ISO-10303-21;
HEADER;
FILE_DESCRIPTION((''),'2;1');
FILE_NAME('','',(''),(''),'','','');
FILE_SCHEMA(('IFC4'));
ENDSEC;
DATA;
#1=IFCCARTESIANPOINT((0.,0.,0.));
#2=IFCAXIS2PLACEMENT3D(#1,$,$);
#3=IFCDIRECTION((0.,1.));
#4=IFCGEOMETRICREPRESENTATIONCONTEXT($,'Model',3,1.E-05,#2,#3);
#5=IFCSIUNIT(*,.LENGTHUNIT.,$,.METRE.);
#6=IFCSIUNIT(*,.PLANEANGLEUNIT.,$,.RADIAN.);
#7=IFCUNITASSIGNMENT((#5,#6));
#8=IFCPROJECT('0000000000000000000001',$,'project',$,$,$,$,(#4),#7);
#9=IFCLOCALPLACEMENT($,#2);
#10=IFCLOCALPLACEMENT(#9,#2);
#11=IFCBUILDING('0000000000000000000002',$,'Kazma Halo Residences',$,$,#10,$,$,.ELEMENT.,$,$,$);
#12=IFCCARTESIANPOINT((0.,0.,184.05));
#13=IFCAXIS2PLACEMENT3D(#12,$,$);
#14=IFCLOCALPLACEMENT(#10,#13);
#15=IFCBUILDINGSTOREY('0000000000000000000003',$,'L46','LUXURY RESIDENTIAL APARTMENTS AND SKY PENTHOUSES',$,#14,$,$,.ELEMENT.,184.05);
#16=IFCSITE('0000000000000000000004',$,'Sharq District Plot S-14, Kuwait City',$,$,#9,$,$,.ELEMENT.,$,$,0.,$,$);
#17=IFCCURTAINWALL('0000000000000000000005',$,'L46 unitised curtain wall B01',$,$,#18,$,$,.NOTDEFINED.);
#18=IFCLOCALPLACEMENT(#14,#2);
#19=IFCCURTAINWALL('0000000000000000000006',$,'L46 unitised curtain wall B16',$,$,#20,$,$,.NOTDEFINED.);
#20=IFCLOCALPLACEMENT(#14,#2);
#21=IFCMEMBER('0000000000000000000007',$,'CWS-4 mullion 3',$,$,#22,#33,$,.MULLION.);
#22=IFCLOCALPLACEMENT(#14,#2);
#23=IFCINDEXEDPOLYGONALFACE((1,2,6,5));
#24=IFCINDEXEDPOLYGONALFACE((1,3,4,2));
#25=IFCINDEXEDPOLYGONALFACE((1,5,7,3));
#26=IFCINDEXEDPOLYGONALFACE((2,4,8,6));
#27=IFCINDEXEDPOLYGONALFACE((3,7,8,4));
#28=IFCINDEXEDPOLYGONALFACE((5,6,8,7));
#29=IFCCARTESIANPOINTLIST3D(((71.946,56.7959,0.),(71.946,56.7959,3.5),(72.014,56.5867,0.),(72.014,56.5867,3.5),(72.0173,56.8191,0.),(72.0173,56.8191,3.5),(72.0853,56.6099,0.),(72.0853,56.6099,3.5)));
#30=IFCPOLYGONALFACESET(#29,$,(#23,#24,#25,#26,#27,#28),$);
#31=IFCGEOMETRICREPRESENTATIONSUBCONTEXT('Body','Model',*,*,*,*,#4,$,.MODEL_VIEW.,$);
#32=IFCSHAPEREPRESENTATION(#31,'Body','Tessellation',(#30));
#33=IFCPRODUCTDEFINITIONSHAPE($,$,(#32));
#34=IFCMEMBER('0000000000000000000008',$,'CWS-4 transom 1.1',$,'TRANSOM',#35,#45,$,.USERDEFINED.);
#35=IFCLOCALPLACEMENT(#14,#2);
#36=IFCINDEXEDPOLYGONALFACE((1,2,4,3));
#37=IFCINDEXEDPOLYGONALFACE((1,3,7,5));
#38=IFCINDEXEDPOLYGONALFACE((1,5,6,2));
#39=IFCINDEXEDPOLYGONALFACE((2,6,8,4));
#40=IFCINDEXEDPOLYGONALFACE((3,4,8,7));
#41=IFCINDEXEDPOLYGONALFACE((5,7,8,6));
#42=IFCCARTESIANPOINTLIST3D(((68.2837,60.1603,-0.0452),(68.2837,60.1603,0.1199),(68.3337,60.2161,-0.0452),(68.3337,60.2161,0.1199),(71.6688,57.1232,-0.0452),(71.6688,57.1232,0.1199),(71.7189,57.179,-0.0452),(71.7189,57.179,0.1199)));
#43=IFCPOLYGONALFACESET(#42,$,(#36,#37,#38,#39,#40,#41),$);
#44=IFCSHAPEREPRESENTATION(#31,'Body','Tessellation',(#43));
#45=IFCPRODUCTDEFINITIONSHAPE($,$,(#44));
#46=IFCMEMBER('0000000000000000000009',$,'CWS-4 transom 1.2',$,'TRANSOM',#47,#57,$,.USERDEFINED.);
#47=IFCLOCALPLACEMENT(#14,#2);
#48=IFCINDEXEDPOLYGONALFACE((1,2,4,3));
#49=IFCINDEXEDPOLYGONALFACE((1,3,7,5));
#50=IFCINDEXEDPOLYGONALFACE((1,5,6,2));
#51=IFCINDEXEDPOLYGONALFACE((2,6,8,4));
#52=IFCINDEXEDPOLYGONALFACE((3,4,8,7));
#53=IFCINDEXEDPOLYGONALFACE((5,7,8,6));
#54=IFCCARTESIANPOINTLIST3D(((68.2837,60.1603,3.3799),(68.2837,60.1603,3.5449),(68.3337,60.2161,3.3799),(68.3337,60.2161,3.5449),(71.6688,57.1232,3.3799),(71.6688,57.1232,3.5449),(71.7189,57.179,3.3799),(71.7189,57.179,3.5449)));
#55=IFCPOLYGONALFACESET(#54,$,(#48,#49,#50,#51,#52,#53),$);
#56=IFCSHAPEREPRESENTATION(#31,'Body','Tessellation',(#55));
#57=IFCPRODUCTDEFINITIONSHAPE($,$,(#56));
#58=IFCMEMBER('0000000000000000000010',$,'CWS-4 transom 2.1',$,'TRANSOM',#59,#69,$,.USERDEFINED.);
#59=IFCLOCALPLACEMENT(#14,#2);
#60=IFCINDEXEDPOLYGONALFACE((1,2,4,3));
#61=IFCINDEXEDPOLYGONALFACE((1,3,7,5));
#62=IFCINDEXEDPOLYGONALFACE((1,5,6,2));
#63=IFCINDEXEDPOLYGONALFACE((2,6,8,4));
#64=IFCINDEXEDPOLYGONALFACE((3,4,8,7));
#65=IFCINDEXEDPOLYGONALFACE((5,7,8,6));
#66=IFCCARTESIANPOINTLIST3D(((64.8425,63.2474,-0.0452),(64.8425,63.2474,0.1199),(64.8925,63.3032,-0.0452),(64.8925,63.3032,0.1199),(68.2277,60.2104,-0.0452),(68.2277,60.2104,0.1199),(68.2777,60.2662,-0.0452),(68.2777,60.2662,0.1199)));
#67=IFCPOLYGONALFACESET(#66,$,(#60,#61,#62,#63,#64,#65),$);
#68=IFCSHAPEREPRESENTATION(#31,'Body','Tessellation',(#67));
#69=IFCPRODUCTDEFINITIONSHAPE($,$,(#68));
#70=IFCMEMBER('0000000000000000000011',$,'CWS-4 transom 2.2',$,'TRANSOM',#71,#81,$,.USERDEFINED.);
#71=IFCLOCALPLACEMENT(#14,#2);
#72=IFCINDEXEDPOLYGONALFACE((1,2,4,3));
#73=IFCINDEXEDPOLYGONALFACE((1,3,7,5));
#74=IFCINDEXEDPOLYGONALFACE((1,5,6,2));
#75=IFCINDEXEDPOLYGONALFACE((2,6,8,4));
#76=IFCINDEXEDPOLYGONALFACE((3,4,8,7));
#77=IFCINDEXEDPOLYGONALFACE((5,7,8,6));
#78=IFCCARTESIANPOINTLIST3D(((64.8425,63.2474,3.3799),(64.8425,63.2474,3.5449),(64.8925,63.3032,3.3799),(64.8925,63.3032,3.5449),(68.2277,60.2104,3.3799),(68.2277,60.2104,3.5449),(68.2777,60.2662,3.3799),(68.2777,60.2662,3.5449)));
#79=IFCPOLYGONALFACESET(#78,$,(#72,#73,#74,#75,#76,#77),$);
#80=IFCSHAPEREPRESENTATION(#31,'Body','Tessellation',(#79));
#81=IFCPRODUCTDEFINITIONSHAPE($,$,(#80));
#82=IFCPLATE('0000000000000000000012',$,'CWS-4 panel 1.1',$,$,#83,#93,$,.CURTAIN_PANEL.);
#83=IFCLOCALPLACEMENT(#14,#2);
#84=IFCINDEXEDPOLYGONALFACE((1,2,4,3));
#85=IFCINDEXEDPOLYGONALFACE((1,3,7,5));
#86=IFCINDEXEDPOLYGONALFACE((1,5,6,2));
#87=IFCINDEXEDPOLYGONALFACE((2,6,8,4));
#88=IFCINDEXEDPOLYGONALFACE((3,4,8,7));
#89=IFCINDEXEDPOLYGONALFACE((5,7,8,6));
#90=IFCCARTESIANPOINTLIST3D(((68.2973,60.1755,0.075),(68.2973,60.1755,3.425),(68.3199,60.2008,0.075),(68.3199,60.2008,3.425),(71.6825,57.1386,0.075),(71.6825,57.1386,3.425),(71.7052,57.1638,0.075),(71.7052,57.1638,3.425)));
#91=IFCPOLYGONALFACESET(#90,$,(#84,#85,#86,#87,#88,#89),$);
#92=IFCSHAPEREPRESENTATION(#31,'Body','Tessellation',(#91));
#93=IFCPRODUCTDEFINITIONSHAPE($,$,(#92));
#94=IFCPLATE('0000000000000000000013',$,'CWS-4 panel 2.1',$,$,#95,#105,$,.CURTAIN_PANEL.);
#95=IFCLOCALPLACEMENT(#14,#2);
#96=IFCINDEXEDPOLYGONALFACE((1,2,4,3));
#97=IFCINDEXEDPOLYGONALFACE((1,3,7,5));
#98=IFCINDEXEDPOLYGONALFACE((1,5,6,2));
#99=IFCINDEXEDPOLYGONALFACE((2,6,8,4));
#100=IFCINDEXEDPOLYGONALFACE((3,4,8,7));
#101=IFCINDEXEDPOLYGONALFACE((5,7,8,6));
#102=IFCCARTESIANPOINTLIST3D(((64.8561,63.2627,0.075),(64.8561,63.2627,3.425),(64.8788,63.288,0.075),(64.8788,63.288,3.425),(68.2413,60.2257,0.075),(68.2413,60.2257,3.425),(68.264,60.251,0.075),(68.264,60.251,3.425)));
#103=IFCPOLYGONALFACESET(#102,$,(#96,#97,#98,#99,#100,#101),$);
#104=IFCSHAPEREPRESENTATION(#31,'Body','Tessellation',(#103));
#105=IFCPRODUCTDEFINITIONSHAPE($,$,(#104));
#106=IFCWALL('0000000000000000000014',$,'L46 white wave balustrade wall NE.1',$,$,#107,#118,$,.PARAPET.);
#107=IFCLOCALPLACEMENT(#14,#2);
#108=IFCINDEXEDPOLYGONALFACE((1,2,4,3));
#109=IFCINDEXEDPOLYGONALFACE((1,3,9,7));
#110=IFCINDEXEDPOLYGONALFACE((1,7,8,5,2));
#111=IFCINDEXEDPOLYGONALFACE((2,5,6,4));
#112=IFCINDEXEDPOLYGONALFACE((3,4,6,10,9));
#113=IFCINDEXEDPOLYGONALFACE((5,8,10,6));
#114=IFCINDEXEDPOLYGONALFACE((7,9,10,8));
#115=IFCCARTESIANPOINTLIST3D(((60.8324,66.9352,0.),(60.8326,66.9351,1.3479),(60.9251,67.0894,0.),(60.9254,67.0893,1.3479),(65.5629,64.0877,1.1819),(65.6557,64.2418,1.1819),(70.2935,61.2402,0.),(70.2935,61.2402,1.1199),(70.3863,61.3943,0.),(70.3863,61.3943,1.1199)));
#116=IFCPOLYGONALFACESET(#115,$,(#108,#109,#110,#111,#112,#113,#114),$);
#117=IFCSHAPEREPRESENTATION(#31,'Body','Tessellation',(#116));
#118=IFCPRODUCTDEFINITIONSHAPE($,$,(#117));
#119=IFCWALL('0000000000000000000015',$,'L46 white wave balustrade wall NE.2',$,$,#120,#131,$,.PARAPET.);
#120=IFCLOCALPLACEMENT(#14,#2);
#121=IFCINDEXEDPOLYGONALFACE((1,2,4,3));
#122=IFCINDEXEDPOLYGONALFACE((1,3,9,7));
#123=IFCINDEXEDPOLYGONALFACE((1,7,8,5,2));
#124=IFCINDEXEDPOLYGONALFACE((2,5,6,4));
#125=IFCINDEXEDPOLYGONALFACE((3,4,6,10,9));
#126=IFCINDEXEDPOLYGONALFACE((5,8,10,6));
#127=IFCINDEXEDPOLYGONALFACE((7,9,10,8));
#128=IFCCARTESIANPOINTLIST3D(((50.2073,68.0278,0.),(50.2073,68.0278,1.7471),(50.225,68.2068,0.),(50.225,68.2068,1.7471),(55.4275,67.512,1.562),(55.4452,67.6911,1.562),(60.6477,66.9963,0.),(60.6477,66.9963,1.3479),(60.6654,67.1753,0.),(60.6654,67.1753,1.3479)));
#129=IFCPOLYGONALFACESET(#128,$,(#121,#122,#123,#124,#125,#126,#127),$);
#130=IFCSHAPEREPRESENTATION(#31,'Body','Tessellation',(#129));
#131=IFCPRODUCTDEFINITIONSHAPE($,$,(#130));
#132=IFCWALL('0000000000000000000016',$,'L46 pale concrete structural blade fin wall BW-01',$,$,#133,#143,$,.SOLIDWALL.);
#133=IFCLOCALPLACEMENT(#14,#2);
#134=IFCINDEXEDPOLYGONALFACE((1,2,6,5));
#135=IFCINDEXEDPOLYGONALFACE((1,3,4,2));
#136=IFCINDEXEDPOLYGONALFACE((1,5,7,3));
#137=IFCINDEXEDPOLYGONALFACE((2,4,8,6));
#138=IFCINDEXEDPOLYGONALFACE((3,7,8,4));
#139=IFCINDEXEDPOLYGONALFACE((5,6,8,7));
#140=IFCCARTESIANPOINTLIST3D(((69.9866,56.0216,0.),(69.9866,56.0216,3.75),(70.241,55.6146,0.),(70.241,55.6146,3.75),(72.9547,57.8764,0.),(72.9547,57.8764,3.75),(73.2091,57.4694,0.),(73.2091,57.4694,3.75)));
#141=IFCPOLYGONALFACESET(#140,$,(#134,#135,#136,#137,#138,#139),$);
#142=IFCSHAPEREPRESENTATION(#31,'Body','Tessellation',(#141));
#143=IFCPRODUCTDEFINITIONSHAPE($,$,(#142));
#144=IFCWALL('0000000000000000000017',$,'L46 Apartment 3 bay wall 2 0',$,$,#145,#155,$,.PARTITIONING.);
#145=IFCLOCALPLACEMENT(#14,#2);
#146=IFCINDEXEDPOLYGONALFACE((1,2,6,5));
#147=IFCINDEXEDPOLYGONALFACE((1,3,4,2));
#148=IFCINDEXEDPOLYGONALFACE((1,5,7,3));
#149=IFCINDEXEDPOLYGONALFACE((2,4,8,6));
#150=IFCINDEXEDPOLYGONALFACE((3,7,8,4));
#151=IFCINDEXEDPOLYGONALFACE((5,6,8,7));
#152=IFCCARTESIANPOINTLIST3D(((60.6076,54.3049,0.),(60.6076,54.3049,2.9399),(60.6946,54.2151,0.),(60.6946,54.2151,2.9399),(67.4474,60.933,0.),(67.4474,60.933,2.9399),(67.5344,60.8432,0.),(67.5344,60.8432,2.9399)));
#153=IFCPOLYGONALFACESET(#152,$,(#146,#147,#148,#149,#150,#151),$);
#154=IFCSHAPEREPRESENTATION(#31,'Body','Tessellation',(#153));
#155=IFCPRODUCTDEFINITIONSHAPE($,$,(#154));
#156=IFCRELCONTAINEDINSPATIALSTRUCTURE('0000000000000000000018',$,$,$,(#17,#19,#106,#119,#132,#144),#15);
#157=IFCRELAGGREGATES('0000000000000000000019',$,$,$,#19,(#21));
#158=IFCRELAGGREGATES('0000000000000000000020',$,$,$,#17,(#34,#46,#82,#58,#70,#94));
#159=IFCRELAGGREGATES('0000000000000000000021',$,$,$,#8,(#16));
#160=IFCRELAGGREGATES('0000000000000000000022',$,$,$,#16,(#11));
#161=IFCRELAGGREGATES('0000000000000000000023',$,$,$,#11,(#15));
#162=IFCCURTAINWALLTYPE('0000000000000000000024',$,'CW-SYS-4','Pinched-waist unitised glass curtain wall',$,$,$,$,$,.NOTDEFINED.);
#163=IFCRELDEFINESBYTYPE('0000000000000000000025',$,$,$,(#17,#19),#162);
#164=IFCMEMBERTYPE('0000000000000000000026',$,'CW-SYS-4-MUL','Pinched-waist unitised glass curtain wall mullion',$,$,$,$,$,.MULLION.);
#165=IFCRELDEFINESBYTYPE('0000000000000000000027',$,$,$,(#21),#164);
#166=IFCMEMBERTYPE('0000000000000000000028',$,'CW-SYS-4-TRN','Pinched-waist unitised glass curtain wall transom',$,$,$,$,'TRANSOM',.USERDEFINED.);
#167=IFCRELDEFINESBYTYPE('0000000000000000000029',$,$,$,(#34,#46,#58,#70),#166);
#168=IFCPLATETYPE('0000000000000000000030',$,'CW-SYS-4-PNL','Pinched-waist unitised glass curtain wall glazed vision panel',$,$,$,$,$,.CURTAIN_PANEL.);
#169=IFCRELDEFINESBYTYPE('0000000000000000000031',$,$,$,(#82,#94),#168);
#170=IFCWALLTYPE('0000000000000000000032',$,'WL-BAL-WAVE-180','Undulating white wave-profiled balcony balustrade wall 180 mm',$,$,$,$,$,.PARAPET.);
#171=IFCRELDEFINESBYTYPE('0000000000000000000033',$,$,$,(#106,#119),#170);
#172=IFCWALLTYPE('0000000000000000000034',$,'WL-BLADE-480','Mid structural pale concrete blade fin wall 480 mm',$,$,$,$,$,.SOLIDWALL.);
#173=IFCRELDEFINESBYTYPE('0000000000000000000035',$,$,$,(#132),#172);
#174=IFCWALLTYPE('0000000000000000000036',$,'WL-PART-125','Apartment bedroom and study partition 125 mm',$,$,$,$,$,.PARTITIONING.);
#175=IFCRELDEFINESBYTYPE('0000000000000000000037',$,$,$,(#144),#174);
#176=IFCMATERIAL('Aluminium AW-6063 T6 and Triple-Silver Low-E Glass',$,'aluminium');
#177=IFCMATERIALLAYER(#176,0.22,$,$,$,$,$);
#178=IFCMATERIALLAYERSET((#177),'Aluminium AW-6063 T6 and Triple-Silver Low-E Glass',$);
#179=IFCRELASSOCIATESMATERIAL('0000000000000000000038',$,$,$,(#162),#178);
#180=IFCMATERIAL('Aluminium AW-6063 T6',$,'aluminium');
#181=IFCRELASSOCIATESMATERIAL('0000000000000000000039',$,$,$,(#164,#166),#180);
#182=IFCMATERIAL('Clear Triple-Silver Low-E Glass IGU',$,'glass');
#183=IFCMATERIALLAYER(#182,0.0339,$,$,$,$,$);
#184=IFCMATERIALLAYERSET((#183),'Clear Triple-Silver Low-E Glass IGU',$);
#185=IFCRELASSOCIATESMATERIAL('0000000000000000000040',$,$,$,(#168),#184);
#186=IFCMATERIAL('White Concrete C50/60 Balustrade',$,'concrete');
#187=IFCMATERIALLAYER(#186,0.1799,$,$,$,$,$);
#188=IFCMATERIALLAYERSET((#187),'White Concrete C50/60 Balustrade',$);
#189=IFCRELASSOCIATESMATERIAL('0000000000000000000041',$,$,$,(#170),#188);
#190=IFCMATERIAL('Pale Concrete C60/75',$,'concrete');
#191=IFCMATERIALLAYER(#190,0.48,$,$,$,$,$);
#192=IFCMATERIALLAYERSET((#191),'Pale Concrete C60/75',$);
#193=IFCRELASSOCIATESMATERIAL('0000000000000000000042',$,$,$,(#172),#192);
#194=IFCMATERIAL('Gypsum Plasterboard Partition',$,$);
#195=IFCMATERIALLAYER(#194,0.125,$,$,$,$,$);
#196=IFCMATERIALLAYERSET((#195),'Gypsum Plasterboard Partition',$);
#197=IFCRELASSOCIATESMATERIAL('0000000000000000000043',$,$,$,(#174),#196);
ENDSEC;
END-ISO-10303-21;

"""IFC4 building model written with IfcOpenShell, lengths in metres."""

from ifc_helpers import new_model, si_unit, direction, frame, frame_2d, origin, origin_2d, place, context, subcontext, project, spatial, polyline, rectangle, outline, extrude, material, layer, layer_set, material_profile, profile_set, type_object, element, aggregate, save


model = new_model("IFC4")

# Units and contexts
model_context = context("Model", 3, precision=1e-05, world=origin(), true_north=direction((0.0, 1.0)))
body_context = subcontext(model_context, "Body", "Model", "MODEL_VIEW")
ifc_project = project(units=[si_unit("LENGTHUNIT", "METRE"), si_unit("PLANEANGLEUNIT", "RADIAN")], contexts=[model_context])

# Site, building, storey
site_placement = place(None, origin())
site = spatial("IfcSite", under=ifc_project, at=site_placement, Name="Sharq District Plot S-14, Kuwait City", CompositionType="ELEMENT", RefElevation=0.0)
building_placement = place(site_placement, origin())
building = spatial("IfcBuilding", under=site, at=building_placement, Name="Kazma Halo Residences", CompositionType="ELEMENT")
storey_placement = place(building_placement, frame((0.0, 0.0, 184.05)))
storey = spatial("IfcBuildingStorey", under=building, at=storey_placement, Name="L46", Description="LUXURY RESIDENTIAL APARTMENTS AND SKY PENTHOUSES", CompositionType="ELEMENT", Elevation=184.05)

# Curtain wall
ifc_material_1 = material(Name="Aluminium AW-6063 T6 and Triple-Silver Low-E Glass", Category="aluminium")
ifc_layer_1 = layer(ifc_material_1, 0.22)
ifc_layer_set_1 = layer_set([ifc_layer_1], Name="Aluminium AW-6063 T6 and Triple-Silver Low-E Glass")
curtain_wall_type = type_object("IfcCurtainWallType", Name="CW-SYS-4", Description="Pinched-waist unitised glass curtain wall", PredefinedType="NOTDEFINED", material=ifc_layer_set_1)
curtain_wall_1_placement = place(storey_placement, origin())
curtain_wall_1 = element("IfcCurtainWall", 1, at=curtain_wall_1_placement, inside=storey, type_object=curtain_wall_type, Name="L46 unitised curtain wall B01", PredefinedType="NOTDEFINED")
ifc_material_2 = material(Name="Aluminium AW-6063 T6", Category="aluminium")
ifc_material_profile_1 = material_profile(ifc_material_2, rectangle(XDim=0.075, YDim=0.22, at=origin_2d()), Name="CWM-75x220")
ifc_profile_set_1 = profile_set([ifc_material_profile_1], Name="Aluminium AW-6063 T6")
member_type_1 = type_object("IfcMemberType", Name="CW-SYS-4-MUL", Description="Pinched-waist unitised glass curtain wall mullion", PredefinedType="MULLION", material=ifc_profile_set_1)

# Curtain wall, member
curtain_wall_2_placement = place(storey_placement, origin())
curtain_wall_2 = element("IfcCurtainWall", 2, at=curtain_wall_2_placement, inside=storey, type_object=curtain_wall_type, Name="L46 unitised curtain wall B16", PredefinedType="NOTDEFINED")
member_1_placement = place(storey_placement, frame((72.0156, 56.7029, 0.0), z_axis=(0.0, 0.0, 1.0), x_axis=(-0.951057, -0.309016, 0.0)))
member_1 = element("IfcMember", 3, at=member_1_placement, type_object=member_type_1, Name="CWS-4 mullion 3", PredefinedType="MULLION", context=body_context, shape_type="SweptSolid", body=[
    extrude(rectangle(XDim=0.075, YDim=0.22, at=origin_2d()), origin(), (0.0, 0.0, 1.0), 3.5),
])
aggregate(curtain_wall_2, [member_1])

# Members
ifc_material_profile_2 = material_profile(ifc_material_2, rectangle(XDim=0.075, YDim=0.165, at=origin_2d()), Name="CWT-75x165")
ifc_profile_set_2 = profile_set([ifc_material_profile_2], Name="Aluminium AW-6063 T6")
member_type_2 = type_object("IfcMemberType", Name="CW-SYS-4-TRN", Description="Pinched-waist unitised glass curtain wall transom", ElementType="TRANSOM", PredefinedType="USERDEFINED", material=ifc_profile_set_2)
member_2_placement = place(storey_placement, frame((71.6938, 57.1511, 0.0374), z_axis=(-0.744345, 0.667795, 0.0), x_axis=(-0.667795, -0.744345, 0.0)))
member_2 = element("IfcMember", 4, at=member_2_placement, type_object=member_type_2, Name="CWS-4 transom 1.1", ObjectType="TRANSOM", PredefinedType="USERDEFINED", context=body_context, shape_type="SweptSolid", body=[
    extrude(rectangle(XDim=0.075, YDim=0.165, at=origin_2d()), origin(), (0.0, 0.0, 1.0), 4.5479),
])
member_3_placement = place(storey_placement, frame((71.6938, 57.1511, 3.4624), z_axis=(-0.744345, 0.667795, 0.0), x_axis=(-0.667795, -0.744345, 0.0)))
member_3 = element("IfcMember", 5, at=member_3_placement, type_object=member_type_2, Name="CWS-4 transom 1.2", ObjectType="TRANSOM", PredefinedType="USERDEFINED", context=body_context, shape_type="SweptSolid", body=[
    extrude(rectangle(XDim=0.075, YDim=0.165, at=origin_2d()), origin(), (0.0, 0.0, 1.0), 4.5479),
])
member_4_placement = place(storey_placement, frame((68.2527, 60.2383, 0.0374), z_axis=(-0.744345, 0.667795, 0.0), x_axis=(-0.667795, -0.744345, 0.0)))
member_4 = element("IfcMember", 6, at=member_4_placement, type_object=member_type_2, Name="CWS-4 transom 2.1", ObjectType="TRANSOM", PredefinedType="USERDEFINED", context=body_context, shape_type="SweptSolid", body=[
    extrude(rectangle(XDim=0.075, YDim=0.165, at=origin_2d()), origin(), (0.0, 0.0, 1.0), 4.5479),
])
member_5_placement = place(storey_placement, frame((68.2527, 60.2383, 3.4624), z_axis=(-0.744345, 0.667795, 0.0), x_axis=(-0.667795, -0.744345, 0.0)))
member_5 = element("IfcMember", 7, at=member_5_placement, type_object=member_type_2, Name="CWS-4 transom 2.2", ObjectType="TRANSOM", PredefinedType="USERDEFINED", context=body_context, shape_type="SweptSolid", body=[
    extrude(rectangle(XDim=0.075, YDim=0.165, at=origin_2d()), origin(), (0.0, 0.0, 1.0), 4.5479),
])

# Plates
ifc_material_3 = material(Name="Clear Triple-Silver Low-E Glass IGU", Category="glass")
ifc_layer_2 = layer(ifc_material_3, 0.0339)
ifc_layer_set_2 = layer_set([ifc_layer_2], Name="Clear Triple-Silver Low-E Glass IGU")
plate_type = type_object("IfcPlateType", Name="CW-SYS-4-PNL", Description="Pinched-waist unitised glass curtain wall glazed vision panel", PredefinedType="CURTAIN_PANEL", material=ifc_layer_set_2)
plate_1_placement = place(storey_placement, frame((70.0012, 58.6697, 0.075), z_axis=(0.0, 0.0, 1.0), x_axis=(-0.744355, 0.667784, 0.0)))
plate_1 = element("IfcPlate", 8, at=plate_1_placement, type_object=plate_type, Name="CWS-4 panel 1.1", PredefinedType="CURTAIN_PANEL", context=body_context, shape_type="SweptSolid", body=[
    extrude(rectangle(XDim=4.5479, YDim=0.0339, at=origin_2d()), origin(), (0.0, 0.0, 1.0), 3.3501),
])
plate_2_placement = place(storey_placement, frame((66.5601, 61.7568, 0.075), z_axis=(0.0, 0.0, 1.0), x_axis=(-0.744355, 0.667784, 0.0)))
plate_2 = element("IfcPlate", 9, at=plate_2_placement, type_object=plate_type, Name="CWS-4 panel 2.1", PredefinedType="CURTAIN_PANEL", context=body_context, shape_type="SweptSolid", body=[
    extrude(rectangle(XDim=4.5479, YDim=0.0339, at=origin_2d()), origin(), (0.0, 0.0, 1.0), 3.3501),
])
aggregate(curtain_wall_1, [member_2, member_3, plate_1, member_4, member_5, plate_2])

# Walls
ifc_material_4 = material(Name="White Concrete C50/60 Balustrade", Category="concrete")
ifc_layer_3 = layer(ifc_material_4, 0.1799)
ifc_layer_set_3 = layer_set([ifc_layer_3], Name="White Concrete C50/60 Balustrade")
wall_type_1 = type_object("IfcWallType", Name="WL-BAL-WAVE-180", Description="Undulating white wave-profiled balcony balustrade wall 180 mm", PredefinedType="PARAPET", material=ifc_layer_set_3)
wall_1_placement = place(storey_placement, frame((70.3398, 61.3171, 0.0), z_axis=(0.0, 0.0, 1.0), x_axis=(-0.856759, 0.515718, 0.0)))
element("IfcWall", 10, at=wall_1_placement, inside=storey, type_object=wall_type_1, Name="L46 white wave balustrade wall NE.1", PredefinedType="PARAPET", context=body_context, shape_type="SweptSolid", body=[
    extrude(outline(polyline([(0.0, 0.0), (11.043, 0.0), (11.0427, 1.3479), (5.5215, 1.1819), (0.0, 1.1199), (0.0, 0.0)])), frame((0.0, 0.0898, 0.0), z_axis=(0.0, -1.0, 0.0), x_axis=(1.0, 0.0, 0.0)), (0.0, 0.0, 1.0), 0.1799),
])
wall_2_placement = place(storey_placement, frame((60.6565, 67.0857, 0.0), z_axis=(0.0, 0.0, 1.0), x_axis=(-0.995155, 0.098319, 0.0)))
element("IfcWall", 11, at=wall_2_placement, inside=storey, type_object=wall_type_1, Name="L46 white wave balustrade wall NE.2", PredefinedType="PARAPET", context=body_context, shape_type="SweptSolid", body=[
    extrude(outline(polyline([(0.0, 0.0), (10.4912, 0.0), (10.4912, 1.7471), (5.2456, 1.562), (0.0, 1.3479), (0.0, 0.0)])), frame((0.0, 0.0898, 0.0), z_axis=(0.0, -1.0, 0.0), x_axis=(1.0, 0.0, 0.0)), (0.0, 0.0, 1.0), 0.1799),
])
ifc_material_5 = material(Name="Pale Concrete C60/75", Category="concrete")
ifc_layer_4 = layer(ifc_material_5, 0.48)
ifc_layer_set_4 = layer_set([ifc_layer_4], Name="Pale Concrete C60/75")
wall_type_2 = type_object("IfcWallType", Name="WL-BLADE-480", Description="Mid structural pale concrete blade fin wall 480 mm", PredefinedType="SOLIDWALL", material=ifc_layer_set_4)
wall_3_placement = place(storey_placement, frame((70.1138, 55.8181, 0.0), z_axis=(0.0, 0.0, 1.0), x_axis=(0.848034, 0.529943, 0.0)))
element("IfcWall", 12, at=wall_3_placement, inside=storey, type_object=wall_type_2, Name="L46 pale concrete structural blade fin wall BW-01", PredefinedType="SOLIDWALL", context=body_context, shape_type="SweptSolid", body=[
    extrude(rectangle(XDim=3.5, YDim=0.48, at=frame_2d((1.75, 0.0))), origin(), (0.0, 0.0, 1.0), 3.75),
])

# Wall
ifc_material_6 = material(Name="Gypsum Plasterboard Partition")
ifc_layer_5 = layer(ifc_material_6, 0.125)
ifc_layer_set_5 = layer_set([ifc_layer_5], Name="Gypsum Plasterboard Partition")
wall_type_3 = type_object("IfcWallType", Name="WL-PART-125", Description="Apartment bedroom and study partition 125 mm", PredefinedType="PARTITIONING", material=ifc_layer_set_5)
wall_4_placement = place(storey_placement, frame((60.6511, 54.26, 0.0), z_axis=(0.0, 0.0, 1.0), x_axis=(0.718131, 0.695908, 0.0)))
element("IfcWall", 13, at=wall_4_placement, inside=storey, type_object=wall_type_3, Name="L46 Apartment 3 bay wall 2 0", PredefinedType="PARTITIONING", context=body_context, shape_type="SweptSolid", body=[
    extrude(rectangle(XDim=9.5244, YDim=0.125, at=frame_2d((4.7622, 0.0))), origin(), (0.0, 0.0, 1.0), 2.9399),
])

save(model, "model.ifc")
